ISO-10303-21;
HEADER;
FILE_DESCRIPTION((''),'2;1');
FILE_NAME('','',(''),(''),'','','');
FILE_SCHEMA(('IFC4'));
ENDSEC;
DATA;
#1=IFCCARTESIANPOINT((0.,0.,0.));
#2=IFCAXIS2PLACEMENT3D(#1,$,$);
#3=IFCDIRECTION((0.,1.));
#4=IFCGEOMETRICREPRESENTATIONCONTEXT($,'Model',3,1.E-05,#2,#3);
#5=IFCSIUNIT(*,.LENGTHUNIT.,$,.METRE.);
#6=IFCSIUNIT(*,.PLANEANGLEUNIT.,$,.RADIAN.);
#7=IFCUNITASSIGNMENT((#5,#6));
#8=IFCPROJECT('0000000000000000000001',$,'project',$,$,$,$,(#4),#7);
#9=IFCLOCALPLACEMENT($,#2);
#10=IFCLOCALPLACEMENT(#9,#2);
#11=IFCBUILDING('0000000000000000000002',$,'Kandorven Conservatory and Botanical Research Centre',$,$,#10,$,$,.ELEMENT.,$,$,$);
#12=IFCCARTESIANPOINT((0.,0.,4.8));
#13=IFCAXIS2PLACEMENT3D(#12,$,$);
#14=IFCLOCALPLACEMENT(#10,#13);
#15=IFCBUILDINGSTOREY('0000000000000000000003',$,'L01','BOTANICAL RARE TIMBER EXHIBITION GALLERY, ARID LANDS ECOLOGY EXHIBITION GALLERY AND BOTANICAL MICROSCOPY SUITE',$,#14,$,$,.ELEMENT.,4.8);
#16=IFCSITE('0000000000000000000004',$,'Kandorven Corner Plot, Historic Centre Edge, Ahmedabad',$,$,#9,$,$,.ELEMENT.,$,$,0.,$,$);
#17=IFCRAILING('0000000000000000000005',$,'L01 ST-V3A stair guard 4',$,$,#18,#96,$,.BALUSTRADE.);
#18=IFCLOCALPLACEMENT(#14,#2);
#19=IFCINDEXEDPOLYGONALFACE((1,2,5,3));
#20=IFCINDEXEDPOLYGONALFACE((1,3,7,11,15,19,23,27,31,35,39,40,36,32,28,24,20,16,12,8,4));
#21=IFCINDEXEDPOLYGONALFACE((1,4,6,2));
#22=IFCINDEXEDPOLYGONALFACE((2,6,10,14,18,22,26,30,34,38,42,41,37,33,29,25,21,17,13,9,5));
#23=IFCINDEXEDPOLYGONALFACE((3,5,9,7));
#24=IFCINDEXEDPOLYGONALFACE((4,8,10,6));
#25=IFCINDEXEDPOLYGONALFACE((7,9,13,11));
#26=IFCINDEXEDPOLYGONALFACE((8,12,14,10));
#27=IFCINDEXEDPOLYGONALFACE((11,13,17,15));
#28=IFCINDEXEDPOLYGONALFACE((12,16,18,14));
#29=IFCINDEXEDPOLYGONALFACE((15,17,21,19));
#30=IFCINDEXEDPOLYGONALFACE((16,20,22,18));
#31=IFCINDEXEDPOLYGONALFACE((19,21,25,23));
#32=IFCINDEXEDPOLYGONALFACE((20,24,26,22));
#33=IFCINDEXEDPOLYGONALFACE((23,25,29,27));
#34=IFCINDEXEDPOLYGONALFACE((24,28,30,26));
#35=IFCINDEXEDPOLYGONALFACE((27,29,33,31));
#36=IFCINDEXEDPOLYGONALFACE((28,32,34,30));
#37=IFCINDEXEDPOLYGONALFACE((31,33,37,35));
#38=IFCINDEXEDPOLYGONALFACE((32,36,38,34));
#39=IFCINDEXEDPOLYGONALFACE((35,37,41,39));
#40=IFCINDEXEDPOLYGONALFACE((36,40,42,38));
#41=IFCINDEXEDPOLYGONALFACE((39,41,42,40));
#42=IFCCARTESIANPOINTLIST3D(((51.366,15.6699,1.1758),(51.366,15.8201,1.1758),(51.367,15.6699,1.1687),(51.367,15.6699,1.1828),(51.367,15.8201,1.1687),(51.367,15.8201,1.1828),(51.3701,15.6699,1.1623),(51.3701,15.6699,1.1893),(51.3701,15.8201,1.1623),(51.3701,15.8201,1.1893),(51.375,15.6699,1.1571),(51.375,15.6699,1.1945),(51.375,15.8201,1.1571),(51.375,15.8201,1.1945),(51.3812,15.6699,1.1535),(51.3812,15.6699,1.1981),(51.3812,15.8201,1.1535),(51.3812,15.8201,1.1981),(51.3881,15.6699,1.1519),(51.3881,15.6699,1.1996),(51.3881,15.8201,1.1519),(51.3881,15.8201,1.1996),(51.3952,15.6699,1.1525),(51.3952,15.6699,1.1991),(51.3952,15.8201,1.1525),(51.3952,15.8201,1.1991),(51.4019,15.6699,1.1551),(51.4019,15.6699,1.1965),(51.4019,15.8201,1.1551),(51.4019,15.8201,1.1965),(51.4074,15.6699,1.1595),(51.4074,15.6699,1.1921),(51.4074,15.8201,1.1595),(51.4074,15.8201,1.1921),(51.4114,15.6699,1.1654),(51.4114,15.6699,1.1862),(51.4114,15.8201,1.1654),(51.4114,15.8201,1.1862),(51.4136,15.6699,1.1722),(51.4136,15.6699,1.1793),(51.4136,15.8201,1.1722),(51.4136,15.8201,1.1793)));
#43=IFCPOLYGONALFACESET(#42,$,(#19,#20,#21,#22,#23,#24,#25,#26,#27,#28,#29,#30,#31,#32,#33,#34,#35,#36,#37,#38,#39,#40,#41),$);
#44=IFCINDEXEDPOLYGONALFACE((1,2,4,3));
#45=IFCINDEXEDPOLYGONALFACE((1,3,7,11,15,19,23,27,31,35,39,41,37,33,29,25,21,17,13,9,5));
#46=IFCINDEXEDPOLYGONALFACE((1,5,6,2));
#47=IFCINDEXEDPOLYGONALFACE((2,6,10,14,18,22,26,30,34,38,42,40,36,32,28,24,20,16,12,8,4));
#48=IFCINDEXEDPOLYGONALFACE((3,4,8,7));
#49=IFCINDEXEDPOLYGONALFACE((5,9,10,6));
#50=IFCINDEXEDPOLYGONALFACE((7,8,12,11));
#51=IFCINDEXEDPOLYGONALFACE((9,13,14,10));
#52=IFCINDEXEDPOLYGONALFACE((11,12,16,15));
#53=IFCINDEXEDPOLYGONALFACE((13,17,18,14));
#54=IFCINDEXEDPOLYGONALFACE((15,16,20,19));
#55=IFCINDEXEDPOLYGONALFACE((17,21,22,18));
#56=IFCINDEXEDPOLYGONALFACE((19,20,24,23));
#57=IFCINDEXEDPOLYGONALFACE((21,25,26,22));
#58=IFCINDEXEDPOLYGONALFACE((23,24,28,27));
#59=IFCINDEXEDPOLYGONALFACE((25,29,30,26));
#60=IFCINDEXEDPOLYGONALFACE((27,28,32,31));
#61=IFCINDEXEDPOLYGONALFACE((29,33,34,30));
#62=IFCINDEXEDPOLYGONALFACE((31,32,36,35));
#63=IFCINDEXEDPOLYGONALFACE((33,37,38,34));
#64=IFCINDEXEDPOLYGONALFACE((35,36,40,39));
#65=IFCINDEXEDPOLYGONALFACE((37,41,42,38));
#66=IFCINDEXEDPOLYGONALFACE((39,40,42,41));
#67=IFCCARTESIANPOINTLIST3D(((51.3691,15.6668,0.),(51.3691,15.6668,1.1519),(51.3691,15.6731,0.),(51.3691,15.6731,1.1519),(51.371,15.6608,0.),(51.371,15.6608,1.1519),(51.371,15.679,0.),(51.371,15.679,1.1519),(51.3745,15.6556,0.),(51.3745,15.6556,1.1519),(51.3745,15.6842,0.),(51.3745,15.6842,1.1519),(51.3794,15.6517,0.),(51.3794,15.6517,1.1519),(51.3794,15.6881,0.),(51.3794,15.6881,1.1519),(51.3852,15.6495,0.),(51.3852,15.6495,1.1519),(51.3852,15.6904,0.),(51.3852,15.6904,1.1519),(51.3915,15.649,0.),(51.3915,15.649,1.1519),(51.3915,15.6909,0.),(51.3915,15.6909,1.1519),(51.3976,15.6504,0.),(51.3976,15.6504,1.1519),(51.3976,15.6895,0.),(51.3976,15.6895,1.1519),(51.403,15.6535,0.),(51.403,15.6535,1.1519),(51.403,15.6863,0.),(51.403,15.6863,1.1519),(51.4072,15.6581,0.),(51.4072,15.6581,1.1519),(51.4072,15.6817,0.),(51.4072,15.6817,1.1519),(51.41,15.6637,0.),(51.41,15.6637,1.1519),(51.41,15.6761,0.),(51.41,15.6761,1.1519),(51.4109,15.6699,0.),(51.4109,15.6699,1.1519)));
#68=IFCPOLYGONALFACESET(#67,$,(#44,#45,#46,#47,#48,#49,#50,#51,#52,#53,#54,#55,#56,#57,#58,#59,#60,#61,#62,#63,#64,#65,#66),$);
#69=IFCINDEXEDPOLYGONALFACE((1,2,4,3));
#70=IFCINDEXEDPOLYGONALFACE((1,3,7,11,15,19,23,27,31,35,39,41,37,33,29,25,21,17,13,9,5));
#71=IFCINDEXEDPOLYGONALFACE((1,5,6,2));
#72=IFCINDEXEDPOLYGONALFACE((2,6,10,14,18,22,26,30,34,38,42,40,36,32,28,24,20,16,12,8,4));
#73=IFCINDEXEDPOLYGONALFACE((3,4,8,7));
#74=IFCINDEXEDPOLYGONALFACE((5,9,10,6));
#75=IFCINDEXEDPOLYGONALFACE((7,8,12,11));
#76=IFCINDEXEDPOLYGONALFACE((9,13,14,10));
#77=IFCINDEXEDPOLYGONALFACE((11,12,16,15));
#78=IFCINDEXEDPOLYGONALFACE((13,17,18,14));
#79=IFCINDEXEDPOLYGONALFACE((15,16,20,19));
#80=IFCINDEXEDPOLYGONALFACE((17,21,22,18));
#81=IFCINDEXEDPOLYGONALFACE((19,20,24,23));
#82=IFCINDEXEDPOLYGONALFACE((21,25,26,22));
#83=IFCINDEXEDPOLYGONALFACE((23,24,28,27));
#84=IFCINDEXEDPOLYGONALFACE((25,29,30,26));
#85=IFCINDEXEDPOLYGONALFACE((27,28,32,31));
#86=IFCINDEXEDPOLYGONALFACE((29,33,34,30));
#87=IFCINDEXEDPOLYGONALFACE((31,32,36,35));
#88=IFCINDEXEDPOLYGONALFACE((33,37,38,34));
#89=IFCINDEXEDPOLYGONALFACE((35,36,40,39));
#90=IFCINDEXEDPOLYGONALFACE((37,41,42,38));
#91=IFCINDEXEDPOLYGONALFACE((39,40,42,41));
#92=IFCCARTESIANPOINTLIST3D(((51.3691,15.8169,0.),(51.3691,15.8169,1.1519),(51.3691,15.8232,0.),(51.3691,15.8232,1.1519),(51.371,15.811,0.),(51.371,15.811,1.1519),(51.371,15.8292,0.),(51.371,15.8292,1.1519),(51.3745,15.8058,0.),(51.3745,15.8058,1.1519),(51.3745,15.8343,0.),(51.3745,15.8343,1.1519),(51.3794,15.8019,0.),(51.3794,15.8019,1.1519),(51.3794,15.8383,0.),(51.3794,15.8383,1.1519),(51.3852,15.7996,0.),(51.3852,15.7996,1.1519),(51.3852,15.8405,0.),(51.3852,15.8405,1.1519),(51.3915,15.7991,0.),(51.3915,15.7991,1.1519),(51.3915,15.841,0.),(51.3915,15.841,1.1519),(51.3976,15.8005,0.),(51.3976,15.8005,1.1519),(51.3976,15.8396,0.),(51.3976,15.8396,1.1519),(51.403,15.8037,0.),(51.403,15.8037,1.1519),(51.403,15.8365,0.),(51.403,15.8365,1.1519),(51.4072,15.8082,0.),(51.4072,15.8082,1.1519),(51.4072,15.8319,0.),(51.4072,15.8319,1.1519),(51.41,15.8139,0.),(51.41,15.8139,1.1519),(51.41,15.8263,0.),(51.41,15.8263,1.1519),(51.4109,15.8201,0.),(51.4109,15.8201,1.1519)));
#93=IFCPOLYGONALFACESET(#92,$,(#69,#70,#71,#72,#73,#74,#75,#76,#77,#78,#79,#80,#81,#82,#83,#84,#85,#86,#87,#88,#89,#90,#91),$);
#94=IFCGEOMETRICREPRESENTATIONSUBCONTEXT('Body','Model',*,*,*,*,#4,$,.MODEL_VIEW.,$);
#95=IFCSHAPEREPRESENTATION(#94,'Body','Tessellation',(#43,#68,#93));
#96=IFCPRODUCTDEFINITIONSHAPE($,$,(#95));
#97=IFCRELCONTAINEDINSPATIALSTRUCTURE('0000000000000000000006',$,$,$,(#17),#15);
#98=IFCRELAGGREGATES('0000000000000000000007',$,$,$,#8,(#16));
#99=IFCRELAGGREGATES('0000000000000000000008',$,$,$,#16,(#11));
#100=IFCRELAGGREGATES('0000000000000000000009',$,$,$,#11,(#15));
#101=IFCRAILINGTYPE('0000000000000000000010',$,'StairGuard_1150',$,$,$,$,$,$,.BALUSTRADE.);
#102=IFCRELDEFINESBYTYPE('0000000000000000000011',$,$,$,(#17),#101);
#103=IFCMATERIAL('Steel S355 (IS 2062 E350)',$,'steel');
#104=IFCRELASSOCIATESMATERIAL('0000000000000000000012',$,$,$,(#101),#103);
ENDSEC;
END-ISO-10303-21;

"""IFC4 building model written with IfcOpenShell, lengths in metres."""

from ifc_helpers import new_model, si_unit, direction, frame, origin, origin_2d, place, context, subcontext, project, spatial, circle, extrude, material, type_object, element, save


model = new_model("IFC4")

# Units and contexts
model_context = context("Model", 3, precision=1e-05, world=origin(), true_north=direction((0.0, 1.0)))
body_context = subcontext(model_context, "Body", "Model", "MODEL_VIEW")
ifc_project = project(units=[si_unit("LENGTHUNIT", "METRE"), si_unit("PLANEANGLEUNIT", "RADIAN")], contexts=[model_context])

# Site, building, storey
site_placement = place(None, origin())
site = spatial("IfcSite", under=ifc_project, at=site_placement, Name="Kandorven Corner Plot, Historic Centre Edge, Ahmedabad", CompositionType="ELEMENT", RefElevation=0.0)
building_placement = place(site_placement, origin())
building = spatial("IfcBuilding", under=site, at=building_placement, Name="Kandorven Conservatory and Botanical Research Centre", CompositionType="ELEMENT")
storey_placement = place(building_placement, frame((0.0, 0.0, 4.8)))
storey = spatial("IfcBuildingStorey", under=building, at=storey_placement, Name="L01", Description="BOTANICAL RARE TIMBER EXHIBITION GALLERY, ARID LANDS ECOLOGY EXHIBITION GALLERY AND BOTANICAL MICROSCOPY SUITE", CompositionType="ELEMENT", Elevation=4.8)

# Railing
ifc_material_1 = material(Name="Steel S355 (IS 2062 E350)", Category="steel")
railing_type_1 = type_object("IfcRailingType", Name="StairGuard_1150", PredefinedType="BALUSTRADE", material=ifc_material_1)
railing_1_placement = place(storey_placement, frame((51.3899, 15.6699, 0.0)))
element("IfcRailing", 1, at=railing_1_placement, inside=storey, type_object=railing_type_1, Name="L01 ST-V3A stair guard 4", PredefinedType="BALUSTRADE", context=body_context, shape_type="SweptSolid", body=[
    extrude(circle(Radius=0.0239, at=origin_2d()), frame((0.0, 0.0, 1.1758), z_axis=(0.0, 1.0, 0.0), x_axis=(-1.0, 0.0, 0.0)), (0.0, 0.0, 1.0), 0.1501),
    extrude(circle(Radius=0.021, at=origin_2d()), origin(), (0.0, 0.0, 1.0), 1.1519),
    extrude(circle(Radius=0.021, at=origin_2d()), frame((0.0, 0.1501, 0.0)), (0.0, 0.0, 1.0), 1.1519),
])

save(model, "model.ifc")
